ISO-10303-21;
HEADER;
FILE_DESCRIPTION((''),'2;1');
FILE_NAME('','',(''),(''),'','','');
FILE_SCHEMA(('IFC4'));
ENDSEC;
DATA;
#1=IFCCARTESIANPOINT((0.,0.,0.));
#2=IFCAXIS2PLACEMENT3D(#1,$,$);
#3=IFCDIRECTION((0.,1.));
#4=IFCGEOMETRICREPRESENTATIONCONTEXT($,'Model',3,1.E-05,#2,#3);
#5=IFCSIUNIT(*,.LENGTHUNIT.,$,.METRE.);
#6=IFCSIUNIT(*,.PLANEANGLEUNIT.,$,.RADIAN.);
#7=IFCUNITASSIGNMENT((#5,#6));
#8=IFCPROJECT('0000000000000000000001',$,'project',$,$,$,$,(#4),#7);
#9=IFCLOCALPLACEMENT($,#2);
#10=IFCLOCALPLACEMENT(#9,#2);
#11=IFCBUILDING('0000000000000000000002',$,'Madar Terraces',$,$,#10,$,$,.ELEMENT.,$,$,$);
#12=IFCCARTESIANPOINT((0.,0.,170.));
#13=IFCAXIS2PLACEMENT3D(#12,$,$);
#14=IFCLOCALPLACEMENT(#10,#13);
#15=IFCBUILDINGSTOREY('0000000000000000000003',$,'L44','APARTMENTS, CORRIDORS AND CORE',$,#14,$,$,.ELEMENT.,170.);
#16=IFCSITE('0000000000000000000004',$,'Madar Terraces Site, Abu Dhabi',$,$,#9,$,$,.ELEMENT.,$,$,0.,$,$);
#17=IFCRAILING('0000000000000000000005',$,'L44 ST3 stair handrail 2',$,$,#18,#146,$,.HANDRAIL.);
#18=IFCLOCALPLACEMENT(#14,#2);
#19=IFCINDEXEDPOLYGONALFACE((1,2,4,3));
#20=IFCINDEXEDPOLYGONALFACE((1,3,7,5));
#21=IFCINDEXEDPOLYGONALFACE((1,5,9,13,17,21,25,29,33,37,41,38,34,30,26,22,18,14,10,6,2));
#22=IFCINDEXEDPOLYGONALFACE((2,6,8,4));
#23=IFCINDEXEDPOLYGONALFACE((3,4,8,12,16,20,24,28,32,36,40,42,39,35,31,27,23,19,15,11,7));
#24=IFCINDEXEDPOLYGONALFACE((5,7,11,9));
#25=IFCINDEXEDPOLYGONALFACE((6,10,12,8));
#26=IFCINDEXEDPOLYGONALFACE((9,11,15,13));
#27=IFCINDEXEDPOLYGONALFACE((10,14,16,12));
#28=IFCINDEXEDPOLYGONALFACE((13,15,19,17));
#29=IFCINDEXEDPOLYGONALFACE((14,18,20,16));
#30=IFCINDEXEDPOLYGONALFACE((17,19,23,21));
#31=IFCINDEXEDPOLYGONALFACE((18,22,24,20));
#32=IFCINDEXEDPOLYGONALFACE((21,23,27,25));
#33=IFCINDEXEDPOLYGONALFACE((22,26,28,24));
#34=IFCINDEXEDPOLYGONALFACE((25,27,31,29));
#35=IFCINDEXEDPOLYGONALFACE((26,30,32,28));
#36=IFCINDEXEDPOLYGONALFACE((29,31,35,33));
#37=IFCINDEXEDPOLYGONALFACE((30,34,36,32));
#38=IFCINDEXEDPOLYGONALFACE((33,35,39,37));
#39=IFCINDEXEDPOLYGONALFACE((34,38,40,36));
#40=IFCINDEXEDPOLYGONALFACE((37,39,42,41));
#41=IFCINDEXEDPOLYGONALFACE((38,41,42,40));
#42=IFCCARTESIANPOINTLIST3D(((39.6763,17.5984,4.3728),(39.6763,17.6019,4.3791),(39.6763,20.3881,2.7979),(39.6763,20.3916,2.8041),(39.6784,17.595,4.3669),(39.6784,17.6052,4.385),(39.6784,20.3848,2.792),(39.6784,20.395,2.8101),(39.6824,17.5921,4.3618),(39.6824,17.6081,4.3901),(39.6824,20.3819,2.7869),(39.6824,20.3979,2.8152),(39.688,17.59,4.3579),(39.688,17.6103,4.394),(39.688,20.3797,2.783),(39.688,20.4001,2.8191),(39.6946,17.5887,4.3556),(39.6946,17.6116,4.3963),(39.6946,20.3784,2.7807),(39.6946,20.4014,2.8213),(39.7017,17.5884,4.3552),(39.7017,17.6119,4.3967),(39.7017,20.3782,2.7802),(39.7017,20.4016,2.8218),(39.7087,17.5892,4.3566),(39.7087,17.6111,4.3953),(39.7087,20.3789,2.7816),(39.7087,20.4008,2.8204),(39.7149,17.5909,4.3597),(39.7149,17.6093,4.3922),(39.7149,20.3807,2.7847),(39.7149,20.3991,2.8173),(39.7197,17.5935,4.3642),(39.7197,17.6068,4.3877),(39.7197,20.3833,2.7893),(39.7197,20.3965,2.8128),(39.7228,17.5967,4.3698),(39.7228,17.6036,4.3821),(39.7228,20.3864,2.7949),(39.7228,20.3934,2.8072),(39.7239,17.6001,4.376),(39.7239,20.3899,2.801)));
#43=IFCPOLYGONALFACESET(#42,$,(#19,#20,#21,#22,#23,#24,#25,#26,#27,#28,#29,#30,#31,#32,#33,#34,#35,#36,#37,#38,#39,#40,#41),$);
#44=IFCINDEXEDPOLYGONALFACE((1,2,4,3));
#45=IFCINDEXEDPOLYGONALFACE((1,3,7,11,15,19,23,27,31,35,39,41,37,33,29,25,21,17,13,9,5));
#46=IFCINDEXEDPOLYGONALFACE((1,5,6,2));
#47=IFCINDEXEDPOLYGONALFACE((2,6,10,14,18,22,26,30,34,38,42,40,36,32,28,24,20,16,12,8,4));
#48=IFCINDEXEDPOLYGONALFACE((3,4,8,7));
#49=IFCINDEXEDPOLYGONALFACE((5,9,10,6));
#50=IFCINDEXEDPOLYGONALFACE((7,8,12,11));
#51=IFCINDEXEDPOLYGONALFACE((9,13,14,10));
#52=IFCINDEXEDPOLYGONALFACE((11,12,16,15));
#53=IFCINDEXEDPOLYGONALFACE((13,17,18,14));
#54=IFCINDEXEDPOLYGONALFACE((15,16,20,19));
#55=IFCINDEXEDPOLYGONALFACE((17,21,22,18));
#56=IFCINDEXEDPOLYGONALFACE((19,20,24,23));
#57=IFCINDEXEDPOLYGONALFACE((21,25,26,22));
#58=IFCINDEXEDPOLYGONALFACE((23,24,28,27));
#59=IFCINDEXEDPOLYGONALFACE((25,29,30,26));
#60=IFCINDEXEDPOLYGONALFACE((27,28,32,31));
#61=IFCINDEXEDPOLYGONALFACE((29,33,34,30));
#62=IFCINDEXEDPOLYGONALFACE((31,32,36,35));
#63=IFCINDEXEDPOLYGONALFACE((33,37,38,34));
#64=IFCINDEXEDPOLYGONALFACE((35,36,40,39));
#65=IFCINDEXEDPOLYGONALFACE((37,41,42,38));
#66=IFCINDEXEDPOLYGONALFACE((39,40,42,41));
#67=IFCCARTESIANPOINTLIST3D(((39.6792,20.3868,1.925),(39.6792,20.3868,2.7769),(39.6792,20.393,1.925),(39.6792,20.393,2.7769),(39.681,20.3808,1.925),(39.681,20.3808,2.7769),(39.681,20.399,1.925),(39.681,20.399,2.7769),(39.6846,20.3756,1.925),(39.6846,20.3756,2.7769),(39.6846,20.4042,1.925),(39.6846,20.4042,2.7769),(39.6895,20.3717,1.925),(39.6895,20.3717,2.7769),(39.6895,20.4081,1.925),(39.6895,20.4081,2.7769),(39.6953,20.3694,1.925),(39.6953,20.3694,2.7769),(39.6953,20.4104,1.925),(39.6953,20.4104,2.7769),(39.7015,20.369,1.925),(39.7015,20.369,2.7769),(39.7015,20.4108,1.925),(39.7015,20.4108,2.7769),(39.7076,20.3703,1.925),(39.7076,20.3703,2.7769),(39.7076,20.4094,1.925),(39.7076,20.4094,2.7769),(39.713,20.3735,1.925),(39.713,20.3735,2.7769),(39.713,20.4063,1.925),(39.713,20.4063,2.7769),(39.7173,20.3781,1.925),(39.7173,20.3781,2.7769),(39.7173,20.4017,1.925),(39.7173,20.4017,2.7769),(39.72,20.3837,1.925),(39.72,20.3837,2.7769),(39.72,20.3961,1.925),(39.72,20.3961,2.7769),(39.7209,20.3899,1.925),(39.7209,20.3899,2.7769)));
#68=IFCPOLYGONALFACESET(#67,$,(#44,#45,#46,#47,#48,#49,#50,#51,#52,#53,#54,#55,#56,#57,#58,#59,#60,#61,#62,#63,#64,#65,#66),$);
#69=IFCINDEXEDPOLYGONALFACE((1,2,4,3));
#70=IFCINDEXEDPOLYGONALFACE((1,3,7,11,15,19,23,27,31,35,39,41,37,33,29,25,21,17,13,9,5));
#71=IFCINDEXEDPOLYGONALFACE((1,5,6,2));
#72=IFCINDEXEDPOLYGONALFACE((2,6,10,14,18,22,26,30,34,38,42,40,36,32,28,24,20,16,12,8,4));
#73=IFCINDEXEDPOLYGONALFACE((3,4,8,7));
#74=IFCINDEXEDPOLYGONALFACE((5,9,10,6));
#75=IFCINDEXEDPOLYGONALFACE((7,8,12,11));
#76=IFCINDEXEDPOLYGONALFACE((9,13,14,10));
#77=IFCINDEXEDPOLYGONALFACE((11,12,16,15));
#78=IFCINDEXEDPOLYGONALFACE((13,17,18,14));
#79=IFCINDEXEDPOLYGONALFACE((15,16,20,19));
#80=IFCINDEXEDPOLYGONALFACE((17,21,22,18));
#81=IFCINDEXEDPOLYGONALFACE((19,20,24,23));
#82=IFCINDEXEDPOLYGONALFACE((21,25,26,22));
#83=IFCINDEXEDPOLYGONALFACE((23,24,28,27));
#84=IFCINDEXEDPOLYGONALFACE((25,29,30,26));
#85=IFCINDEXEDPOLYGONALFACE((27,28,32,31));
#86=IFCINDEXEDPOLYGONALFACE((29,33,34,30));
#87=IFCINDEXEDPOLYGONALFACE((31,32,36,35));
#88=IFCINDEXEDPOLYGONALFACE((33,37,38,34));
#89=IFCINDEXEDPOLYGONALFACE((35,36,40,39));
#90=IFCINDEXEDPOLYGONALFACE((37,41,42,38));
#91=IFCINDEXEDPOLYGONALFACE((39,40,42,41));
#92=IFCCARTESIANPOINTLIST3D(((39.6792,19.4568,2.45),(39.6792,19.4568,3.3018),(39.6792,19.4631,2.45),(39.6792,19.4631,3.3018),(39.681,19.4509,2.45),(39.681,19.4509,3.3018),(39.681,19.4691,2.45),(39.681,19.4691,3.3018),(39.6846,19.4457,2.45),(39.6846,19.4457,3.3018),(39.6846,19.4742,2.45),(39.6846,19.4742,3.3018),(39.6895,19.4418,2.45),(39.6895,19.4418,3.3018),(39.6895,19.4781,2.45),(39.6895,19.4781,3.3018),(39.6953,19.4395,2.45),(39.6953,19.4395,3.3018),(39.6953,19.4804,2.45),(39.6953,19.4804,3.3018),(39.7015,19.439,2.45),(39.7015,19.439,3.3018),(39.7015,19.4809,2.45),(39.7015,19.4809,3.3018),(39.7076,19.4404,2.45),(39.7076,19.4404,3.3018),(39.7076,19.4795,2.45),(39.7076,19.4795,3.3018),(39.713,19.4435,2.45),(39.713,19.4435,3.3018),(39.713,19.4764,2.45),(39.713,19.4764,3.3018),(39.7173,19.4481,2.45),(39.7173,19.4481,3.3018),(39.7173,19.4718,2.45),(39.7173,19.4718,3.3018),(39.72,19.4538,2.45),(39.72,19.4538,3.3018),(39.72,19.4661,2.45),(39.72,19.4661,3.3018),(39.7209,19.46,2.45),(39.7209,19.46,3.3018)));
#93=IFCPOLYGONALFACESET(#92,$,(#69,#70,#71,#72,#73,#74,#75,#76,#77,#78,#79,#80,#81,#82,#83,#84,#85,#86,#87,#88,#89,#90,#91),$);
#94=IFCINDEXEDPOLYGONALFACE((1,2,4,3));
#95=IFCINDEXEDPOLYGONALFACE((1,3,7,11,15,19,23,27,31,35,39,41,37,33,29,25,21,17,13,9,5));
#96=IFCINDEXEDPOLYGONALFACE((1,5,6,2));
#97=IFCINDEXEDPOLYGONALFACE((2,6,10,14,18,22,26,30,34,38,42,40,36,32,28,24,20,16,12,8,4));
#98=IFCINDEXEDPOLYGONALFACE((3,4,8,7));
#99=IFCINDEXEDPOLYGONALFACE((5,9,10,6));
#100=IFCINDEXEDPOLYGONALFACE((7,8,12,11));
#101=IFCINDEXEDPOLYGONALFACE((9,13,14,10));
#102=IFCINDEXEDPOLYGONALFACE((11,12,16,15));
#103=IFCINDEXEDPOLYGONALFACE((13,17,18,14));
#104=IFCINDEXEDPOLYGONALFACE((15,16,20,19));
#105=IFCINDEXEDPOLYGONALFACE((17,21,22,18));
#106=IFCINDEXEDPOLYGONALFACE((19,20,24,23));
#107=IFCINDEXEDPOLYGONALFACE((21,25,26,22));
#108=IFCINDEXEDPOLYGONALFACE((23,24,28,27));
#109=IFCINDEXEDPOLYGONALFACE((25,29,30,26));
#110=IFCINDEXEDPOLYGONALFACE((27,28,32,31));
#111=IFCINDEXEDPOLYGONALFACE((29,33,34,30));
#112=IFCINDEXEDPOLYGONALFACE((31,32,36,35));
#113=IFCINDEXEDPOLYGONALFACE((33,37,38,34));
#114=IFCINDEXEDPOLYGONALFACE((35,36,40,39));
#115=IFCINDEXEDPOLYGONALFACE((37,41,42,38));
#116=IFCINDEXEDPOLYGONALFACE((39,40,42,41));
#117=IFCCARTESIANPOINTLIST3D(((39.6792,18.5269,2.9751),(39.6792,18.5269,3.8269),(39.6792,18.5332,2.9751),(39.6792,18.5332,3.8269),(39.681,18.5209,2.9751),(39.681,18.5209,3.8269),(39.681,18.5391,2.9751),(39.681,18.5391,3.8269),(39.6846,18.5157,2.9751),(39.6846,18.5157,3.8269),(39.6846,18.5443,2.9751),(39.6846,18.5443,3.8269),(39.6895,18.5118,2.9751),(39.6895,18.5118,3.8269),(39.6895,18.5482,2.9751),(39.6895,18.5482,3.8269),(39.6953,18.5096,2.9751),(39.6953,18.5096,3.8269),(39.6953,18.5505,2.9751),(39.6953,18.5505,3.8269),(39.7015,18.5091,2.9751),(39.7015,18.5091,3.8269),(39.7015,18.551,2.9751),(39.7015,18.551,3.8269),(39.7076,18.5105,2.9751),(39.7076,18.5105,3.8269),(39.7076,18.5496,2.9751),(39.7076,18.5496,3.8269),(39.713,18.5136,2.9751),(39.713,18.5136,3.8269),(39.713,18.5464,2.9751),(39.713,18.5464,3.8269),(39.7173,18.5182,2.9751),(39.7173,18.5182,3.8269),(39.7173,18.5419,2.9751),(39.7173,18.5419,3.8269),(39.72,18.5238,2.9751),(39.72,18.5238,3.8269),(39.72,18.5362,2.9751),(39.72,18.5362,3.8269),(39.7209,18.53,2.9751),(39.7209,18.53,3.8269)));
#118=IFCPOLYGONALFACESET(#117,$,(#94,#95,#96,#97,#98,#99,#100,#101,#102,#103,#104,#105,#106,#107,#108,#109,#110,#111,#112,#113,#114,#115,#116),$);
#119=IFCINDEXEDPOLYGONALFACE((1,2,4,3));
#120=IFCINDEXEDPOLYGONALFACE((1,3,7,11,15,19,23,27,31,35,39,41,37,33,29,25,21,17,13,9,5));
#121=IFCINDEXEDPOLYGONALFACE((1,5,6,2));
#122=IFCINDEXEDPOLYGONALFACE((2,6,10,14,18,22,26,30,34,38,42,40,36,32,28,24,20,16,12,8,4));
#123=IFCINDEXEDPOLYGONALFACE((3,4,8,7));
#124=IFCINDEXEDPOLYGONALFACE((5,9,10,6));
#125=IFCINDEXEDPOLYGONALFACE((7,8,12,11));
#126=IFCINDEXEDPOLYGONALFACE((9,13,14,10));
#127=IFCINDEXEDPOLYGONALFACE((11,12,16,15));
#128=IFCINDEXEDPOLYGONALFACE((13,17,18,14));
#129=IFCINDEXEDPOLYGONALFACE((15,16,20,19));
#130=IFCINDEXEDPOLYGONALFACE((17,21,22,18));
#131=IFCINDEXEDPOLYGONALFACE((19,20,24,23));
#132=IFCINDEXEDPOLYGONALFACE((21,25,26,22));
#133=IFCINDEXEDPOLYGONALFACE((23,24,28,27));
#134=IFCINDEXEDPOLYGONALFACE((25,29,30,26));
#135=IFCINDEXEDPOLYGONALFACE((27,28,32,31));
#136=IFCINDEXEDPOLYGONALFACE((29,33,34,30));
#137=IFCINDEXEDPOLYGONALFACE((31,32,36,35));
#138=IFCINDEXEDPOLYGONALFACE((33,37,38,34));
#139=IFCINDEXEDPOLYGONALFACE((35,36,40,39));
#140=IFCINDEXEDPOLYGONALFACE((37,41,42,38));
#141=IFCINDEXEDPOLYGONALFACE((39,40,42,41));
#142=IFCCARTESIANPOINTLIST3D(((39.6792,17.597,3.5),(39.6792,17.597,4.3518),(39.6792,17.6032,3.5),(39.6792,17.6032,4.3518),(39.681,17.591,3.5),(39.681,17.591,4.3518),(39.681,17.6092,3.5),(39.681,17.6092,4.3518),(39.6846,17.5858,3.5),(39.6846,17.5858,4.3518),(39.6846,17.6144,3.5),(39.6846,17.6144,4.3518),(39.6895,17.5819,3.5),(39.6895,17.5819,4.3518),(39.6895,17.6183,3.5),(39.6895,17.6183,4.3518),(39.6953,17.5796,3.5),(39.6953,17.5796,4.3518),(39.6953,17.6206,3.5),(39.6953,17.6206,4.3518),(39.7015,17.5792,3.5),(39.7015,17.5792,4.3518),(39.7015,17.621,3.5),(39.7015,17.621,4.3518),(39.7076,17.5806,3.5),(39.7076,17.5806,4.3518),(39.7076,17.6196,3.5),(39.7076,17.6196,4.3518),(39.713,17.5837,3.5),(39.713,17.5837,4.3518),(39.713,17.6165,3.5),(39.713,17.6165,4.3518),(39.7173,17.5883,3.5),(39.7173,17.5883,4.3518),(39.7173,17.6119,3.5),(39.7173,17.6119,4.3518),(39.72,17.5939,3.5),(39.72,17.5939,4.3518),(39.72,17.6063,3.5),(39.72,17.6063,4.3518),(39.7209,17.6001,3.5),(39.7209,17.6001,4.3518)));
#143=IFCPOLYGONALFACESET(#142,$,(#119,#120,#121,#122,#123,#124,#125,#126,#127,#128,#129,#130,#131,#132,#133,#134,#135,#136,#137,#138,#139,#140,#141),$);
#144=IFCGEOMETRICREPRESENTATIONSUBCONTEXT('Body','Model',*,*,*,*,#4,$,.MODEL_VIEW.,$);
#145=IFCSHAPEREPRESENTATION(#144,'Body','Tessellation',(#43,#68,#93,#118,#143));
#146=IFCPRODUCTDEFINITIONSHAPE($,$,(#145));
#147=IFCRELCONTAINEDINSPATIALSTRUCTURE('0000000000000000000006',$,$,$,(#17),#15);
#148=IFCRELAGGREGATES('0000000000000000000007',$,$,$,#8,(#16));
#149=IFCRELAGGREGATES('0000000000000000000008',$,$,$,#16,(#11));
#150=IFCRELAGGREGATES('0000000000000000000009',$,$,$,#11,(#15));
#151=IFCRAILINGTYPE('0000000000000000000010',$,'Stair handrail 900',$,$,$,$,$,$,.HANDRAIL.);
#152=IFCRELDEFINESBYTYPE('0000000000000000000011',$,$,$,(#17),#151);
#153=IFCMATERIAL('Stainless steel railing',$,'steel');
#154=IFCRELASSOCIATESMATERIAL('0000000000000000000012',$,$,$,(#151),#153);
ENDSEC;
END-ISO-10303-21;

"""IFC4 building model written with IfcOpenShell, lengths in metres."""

from ifc_helpers import new_model, si_unit, direction, frame, origin, origin_2d, place, context, subcontext, project, spatial, circle, extrude, material, type_object, element, save


model = new_model("IFC4")

# Units and contexts
model_context = context("Model", 3, precision=1e-05, world=origin(), true_north=direction((0.0, 1.0)))
body_context = subcontext(model_context, "Body", "Model", "MODEL_VIEW")
ifc_project = project(units=[si_unit("LENGTHUNIT", "METRE"), si_unit("PLANEANGLEUNIT", "RADIAN")], contexts=[model_context])

# Site, building, storey
site_placement = place(None, origin())
site = spatial("IfcSite", under=ifc_project, at=site_placement, Name="Madar Terraces Site, Abu Dhabi", CompositionType="ELEMENT", RefElevation=0.0)
building_placement = place(site_placement, origin())
building = spatial("IfcBuilding", under=site, at=building_placement, Name="Madar Terraces", CompositionType="ELEMENT")
storey_placement = place(building_placement, frame((0.0, 0.0, 170.0)))
storey = spatial("IfcBuildingStorey", under=building, at=storey_placement, Name="L44", Description="APARTMENTS, CORRIDORS AND CORE", CompositionType="ELEMENT", Elevation=170.0)

# Railing
ifc_material_1 = material(Name="Stainless steel railing", Category="steel")
railing_type_1 = type_object("IfcRailingType", Name="Stair handrail 900", PredefinedType="HANDRAIL", material=ifc_material_1)
railing_1_placement = place(storey_placement, frame((39.7, 20.3899, 1.925)))
element("IfcRailing", 1, at=railing_1_placement, inside=storey, type_object=railing_type_1, Name="L44 ST3 stair handrail 2", PredefinedType="HANDRAIL", context=body_context, shape_type="SweptSolid", body=[
    extrude(circle(Radius=0.0239, at=origin_2d()), frame((0.0, 0.0, 0.876), z_axis=(0.0, -0.870815, 0.49161), x_axis=(1.0, 0.0, 0.0)), (0.0, 0.0, 1.0), 3.2036),
    extrude(circle(Radius=0.021, at=origin_2d()), origin(), (0.0, 0.0, 1.0), 0.8518),
    extrude(circle(Radius=0.021, at=origin_2d()), frame((0.0, -0.9299, 0.5249)), (0.0, 0.0, 1.0), 0.8518),
    extrude(circle(Radius=0.021, at=origin_2d()), frame((0.0, -1.8599, 1.05)), (0.0, 0.0, 1.0), 0.8518),
    extrude(circle(Radius=0.021, at=origin_2d()), frame((0.0, -2.7898, 1.575)), (0.0, 0.0, 1.0), 0.8518),
])

save(model, "model.ifc")
